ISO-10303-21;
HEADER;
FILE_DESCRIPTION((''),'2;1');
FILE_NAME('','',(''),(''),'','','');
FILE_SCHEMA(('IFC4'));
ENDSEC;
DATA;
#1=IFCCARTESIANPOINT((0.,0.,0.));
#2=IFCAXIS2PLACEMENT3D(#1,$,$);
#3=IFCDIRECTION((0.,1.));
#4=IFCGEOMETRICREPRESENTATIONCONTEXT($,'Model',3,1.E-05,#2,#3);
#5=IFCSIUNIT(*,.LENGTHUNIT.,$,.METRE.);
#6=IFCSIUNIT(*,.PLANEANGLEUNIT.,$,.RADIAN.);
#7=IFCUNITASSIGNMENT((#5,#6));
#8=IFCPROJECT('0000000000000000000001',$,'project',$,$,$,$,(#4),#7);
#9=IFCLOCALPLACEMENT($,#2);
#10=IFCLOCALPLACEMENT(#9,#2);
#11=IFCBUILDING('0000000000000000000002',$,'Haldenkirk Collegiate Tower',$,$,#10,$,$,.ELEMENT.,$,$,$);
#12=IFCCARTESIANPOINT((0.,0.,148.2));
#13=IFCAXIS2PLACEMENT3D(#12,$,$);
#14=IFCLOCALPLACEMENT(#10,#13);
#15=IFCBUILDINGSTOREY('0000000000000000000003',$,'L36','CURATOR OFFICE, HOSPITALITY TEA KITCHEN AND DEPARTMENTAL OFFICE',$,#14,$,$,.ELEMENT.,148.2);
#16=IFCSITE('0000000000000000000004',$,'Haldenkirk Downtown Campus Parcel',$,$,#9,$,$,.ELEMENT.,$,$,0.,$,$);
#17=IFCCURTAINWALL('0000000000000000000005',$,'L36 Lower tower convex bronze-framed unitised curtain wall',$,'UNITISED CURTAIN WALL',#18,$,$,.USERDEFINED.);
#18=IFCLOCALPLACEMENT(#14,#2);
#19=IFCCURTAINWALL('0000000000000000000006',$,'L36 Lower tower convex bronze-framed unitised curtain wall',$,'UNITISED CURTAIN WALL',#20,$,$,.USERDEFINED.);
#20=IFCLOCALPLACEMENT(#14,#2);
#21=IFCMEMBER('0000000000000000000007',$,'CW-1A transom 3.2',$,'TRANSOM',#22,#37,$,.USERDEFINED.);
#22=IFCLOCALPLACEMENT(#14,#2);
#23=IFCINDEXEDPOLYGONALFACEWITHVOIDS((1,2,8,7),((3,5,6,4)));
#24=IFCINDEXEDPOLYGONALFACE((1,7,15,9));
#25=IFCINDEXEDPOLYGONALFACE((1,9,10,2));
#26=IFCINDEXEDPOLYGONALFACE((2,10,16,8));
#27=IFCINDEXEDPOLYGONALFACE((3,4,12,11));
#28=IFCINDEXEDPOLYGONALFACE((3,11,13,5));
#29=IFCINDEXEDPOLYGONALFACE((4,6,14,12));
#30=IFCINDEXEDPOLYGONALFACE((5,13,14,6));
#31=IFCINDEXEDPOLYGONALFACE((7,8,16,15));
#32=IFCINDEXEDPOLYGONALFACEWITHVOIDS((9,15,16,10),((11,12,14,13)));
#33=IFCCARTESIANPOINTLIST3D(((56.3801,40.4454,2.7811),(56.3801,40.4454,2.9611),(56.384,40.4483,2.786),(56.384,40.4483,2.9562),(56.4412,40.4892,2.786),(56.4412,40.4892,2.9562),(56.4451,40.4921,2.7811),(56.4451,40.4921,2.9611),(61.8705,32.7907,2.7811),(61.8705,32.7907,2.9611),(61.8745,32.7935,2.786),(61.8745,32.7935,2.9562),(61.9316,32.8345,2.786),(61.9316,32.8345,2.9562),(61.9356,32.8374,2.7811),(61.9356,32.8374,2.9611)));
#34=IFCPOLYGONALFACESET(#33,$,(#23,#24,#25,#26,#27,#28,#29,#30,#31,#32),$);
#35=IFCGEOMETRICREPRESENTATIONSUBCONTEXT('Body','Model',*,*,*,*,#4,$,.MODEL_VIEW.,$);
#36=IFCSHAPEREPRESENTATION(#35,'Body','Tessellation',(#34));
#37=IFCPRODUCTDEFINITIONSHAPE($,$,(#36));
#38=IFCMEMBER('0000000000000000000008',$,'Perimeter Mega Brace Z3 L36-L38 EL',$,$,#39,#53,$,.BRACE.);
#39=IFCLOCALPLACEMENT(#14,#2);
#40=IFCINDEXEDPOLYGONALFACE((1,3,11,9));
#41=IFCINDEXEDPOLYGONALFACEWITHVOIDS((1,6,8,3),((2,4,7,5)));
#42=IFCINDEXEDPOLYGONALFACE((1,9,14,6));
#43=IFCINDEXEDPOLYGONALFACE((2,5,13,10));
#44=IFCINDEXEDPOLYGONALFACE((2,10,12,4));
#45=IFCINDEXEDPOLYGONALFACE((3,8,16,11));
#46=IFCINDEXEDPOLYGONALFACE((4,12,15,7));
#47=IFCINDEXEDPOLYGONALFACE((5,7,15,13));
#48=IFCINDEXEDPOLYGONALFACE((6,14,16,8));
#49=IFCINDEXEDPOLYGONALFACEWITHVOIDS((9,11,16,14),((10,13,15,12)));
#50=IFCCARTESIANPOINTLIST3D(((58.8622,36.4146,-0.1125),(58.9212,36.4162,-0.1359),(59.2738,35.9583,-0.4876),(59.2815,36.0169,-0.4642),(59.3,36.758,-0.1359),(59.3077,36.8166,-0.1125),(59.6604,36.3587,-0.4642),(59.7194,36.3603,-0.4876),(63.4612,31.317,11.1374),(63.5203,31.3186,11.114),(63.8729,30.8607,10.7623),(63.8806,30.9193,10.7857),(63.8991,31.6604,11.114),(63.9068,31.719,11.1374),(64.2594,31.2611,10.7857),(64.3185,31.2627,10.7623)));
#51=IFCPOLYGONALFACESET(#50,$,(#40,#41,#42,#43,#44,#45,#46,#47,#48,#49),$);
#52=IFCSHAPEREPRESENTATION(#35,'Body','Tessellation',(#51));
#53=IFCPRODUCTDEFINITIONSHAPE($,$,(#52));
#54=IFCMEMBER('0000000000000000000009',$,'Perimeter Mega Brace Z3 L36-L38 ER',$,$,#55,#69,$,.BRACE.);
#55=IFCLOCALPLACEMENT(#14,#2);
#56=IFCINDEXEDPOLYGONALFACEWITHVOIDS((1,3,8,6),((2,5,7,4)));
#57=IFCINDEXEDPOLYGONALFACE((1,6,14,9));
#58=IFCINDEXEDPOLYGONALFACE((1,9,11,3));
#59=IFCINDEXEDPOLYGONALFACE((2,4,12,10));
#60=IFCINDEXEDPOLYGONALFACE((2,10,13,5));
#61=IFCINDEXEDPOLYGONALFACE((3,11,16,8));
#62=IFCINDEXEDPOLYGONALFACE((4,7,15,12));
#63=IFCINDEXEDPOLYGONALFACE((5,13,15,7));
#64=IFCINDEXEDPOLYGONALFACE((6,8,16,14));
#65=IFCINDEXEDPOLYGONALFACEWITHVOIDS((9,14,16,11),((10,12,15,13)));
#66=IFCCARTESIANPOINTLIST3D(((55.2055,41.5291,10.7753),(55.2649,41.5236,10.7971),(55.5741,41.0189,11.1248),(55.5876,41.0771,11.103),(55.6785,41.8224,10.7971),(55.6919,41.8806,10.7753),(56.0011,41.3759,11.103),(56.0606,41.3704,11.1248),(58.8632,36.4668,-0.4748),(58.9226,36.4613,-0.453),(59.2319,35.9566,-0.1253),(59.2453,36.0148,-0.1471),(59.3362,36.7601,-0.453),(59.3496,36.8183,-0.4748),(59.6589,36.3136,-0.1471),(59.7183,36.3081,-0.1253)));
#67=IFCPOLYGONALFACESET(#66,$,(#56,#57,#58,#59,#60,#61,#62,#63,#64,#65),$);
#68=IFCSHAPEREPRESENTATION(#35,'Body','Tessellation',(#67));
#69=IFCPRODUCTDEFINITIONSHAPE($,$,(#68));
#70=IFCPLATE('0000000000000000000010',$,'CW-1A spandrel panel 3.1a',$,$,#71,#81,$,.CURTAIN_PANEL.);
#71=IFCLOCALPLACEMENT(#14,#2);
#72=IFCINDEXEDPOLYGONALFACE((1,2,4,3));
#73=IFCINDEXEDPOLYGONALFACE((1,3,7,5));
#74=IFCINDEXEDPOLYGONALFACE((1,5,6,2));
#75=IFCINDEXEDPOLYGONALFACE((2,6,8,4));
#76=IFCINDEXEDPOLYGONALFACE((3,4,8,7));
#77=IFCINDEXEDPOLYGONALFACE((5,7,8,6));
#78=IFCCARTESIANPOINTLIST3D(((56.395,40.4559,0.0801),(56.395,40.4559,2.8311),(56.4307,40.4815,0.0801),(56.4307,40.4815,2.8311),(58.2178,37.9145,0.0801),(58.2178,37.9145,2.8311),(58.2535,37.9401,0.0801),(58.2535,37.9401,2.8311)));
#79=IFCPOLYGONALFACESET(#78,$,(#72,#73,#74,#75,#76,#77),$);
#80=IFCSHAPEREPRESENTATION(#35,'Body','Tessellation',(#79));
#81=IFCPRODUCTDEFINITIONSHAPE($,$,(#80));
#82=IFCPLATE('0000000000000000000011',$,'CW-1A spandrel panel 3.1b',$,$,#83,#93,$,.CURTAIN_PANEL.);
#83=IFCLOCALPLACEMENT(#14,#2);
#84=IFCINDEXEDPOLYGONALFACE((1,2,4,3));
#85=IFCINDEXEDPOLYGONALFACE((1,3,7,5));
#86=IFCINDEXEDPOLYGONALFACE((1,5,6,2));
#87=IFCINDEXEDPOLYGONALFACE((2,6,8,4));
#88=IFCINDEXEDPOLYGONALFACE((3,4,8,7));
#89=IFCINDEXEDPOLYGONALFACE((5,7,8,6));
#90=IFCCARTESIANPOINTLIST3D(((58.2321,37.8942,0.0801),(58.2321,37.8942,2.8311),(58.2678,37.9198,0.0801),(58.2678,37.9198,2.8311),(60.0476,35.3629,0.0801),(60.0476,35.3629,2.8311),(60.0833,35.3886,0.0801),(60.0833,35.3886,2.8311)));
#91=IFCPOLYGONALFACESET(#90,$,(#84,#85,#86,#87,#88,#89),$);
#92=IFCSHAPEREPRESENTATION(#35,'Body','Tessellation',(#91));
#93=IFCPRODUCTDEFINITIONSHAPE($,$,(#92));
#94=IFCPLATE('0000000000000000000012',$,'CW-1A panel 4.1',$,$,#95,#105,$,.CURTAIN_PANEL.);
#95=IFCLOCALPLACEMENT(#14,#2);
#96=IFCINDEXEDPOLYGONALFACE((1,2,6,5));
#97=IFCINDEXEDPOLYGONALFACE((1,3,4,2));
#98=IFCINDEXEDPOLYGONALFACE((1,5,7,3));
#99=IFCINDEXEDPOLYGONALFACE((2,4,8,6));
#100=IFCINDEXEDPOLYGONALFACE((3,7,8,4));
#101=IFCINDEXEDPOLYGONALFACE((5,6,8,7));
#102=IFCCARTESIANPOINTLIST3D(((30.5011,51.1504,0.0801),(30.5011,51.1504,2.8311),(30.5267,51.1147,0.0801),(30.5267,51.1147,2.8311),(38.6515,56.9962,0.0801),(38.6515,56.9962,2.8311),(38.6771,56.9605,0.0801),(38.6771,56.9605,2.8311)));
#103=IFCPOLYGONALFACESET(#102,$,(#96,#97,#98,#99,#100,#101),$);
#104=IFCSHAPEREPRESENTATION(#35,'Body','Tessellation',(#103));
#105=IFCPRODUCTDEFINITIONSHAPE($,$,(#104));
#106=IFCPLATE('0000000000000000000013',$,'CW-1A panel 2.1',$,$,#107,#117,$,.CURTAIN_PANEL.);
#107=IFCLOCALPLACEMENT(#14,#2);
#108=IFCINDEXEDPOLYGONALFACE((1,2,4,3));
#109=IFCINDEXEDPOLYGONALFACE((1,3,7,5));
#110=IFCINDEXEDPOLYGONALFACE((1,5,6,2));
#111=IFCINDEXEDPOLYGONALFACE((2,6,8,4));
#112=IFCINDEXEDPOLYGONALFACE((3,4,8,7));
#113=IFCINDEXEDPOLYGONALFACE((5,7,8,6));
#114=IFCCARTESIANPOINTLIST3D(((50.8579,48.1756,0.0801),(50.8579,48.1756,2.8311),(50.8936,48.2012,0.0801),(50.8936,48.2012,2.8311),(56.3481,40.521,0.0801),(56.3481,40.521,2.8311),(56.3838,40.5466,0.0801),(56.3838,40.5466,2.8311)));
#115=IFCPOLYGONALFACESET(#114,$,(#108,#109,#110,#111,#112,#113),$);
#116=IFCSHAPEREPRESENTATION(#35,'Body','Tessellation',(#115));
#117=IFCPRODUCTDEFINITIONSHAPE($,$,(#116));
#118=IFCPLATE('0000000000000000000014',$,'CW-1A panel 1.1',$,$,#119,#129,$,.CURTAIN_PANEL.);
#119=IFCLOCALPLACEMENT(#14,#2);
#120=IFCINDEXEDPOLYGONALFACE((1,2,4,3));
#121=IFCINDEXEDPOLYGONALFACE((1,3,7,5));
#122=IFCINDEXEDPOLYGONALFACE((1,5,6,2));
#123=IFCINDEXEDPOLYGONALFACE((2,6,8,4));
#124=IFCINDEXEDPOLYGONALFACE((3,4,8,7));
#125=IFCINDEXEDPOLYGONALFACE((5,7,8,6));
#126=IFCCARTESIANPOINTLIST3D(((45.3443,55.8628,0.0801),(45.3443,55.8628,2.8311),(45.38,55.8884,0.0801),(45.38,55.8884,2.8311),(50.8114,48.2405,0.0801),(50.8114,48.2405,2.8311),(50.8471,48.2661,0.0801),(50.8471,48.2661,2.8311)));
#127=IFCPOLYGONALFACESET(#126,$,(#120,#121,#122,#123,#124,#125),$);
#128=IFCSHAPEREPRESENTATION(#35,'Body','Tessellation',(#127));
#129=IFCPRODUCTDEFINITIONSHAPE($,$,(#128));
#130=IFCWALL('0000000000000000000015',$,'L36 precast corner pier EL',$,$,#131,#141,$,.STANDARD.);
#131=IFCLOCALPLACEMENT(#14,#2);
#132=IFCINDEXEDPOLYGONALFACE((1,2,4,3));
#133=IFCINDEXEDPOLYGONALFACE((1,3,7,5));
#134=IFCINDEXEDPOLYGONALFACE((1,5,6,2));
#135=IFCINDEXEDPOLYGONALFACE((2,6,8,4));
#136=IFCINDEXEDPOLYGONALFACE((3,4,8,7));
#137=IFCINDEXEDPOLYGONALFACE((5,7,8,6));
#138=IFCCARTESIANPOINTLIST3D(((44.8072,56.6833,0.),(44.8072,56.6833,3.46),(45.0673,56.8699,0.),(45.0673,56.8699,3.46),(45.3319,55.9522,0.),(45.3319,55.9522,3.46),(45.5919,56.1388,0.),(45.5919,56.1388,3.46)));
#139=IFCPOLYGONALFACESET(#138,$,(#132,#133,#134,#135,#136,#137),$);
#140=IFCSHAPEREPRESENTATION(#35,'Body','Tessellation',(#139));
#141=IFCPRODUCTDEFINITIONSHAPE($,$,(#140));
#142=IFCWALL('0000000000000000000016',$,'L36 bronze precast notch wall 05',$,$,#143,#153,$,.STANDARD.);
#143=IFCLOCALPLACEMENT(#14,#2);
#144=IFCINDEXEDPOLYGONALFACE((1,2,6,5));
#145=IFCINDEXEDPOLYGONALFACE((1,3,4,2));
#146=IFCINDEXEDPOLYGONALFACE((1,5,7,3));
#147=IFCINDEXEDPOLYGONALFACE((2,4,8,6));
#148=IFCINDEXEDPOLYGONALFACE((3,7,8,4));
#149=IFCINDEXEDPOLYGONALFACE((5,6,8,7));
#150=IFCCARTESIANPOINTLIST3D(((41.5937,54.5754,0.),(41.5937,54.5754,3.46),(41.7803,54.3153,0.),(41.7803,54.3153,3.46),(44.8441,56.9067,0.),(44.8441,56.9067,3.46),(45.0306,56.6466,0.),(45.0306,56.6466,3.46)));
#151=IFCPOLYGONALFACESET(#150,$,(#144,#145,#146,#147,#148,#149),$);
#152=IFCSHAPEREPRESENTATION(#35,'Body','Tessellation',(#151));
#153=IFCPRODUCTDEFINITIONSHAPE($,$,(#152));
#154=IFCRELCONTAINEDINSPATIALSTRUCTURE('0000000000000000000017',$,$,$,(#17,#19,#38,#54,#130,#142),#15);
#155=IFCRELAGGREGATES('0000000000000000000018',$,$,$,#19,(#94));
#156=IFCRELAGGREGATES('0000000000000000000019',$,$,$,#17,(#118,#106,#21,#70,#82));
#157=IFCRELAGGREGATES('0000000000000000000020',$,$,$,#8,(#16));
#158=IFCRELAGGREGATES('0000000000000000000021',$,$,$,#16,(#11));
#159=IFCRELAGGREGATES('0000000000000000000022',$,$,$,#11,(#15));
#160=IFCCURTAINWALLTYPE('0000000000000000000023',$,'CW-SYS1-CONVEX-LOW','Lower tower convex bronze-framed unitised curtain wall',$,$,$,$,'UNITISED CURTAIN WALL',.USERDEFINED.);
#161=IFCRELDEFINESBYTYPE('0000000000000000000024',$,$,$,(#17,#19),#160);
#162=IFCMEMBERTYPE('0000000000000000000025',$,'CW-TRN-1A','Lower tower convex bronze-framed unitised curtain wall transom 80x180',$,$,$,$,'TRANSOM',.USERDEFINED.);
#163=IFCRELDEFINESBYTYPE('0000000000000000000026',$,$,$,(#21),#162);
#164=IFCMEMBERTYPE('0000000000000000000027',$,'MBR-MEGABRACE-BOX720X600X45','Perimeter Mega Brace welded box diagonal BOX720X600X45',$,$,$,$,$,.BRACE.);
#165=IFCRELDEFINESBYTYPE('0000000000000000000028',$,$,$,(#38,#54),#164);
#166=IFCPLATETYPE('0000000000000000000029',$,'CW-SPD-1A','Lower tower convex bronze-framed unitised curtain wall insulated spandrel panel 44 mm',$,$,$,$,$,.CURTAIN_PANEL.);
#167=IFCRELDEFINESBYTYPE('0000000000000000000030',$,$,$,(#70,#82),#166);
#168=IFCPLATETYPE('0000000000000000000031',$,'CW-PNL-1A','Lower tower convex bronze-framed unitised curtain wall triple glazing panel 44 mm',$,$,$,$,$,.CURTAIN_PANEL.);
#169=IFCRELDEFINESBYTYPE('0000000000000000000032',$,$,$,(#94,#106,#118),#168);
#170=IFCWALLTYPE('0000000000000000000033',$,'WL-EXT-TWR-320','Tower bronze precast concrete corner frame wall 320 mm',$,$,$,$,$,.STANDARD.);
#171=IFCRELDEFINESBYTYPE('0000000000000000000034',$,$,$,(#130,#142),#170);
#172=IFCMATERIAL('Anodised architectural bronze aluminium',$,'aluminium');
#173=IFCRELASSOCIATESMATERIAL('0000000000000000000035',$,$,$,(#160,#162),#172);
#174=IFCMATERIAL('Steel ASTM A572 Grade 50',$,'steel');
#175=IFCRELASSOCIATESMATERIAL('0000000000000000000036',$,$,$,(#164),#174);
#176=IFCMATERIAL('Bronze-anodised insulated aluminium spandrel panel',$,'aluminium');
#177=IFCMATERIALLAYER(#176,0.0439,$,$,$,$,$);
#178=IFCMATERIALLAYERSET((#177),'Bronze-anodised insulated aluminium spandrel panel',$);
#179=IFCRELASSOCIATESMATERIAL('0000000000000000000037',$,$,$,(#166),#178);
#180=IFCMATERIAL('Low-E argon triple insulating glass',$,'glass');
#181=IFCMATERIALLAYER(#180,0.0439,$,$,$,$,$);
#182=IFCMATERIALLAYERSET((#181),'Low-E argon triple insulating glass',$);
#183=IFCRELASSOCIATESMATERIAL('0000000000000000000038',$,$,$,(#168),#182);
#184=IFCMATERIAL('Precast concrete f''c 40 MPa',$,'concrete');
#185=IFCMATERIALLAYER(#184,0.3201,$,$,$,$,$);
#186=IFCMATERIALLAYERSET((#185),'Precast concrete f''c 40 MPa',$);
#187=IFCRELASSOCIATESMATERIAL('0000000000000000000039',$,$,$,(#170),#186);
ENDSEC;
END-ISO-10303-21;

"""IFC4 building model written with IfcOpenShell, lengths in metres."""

from ifc_helpers import new_model, si_unit, direction, frame, frame_2d, origin, origin_2d, place, context, subcontext, project, spatial, rectangle, hollow_rectangle, extrude, source, transform, mapped, material, layer, layer_set, material_profile, profile_set, type_object, element, aggregate, save


model = new_model("IFC4")

# Units and contexts
model_context = context("Model", 3, precision=1e-05, world=origin(), true_north=direction((0.0, 1.0)))
body_context = subcontext(model_context, "Body", "Model", "MODEL_VIEW")
ifc_project = project(units=[si_unit("LENGTHUNIT", "METRE"), si_unit("PLANEANGLEUNIT", "RADIAN")], contexts=[model_context])

# Site, building, storey
site_placement = place(None, origin())
site = spatial("IfcSite", under=ifc_project, at=site_placement, Name="Haldenkirk Downtown Campus Parcel", CompositionType="ELEMENT", RefElevation=0.0)
building_placement = place(site_placement, origin())
building = spatial("IfcBuilding", under=site, at=building_placement, Name="Haldenkirk Collegiate Tower", CompositionType="ELEMENT")
storey_placement = place(building_placement, frame((0.0, 0.0, 148.2)))
storey = spatial("IfcBuildingStorey", under=building, at=storey_placement, Name="L36", Description="CURATOR OFFICE, HOSPITALITY TEA KITCHEN AND DEPARTMENTAL OFFICE", CompositionType="ELEMENT", Elevation=148.2)

# Shared definitions
ifc_material_1 = material(Name="Steel ASTM A572 Grade 50", Category="steel")

# Curtain wall
ifc_material_2 = material(Name="Anodised architectural bronze aluminium", Category="aluminium")
curtain_wall_type = type_object("IfcCurtainWallType", Name="CW-SYS1-CONVEX-LOW", Description="Lower tower convex bronze-framed unitised curtain wall", ElementType="UNITISED CURTAIN WALL", PredefinedType="USERDEFINED", material=ifc_material_2)
curtain_wall_1_placement = place(storey_placement, origin())
curtain_wall_1 = element("IfcCurtainWall", 1, at=curtain_wall_1_placement, inside=storey, type_object=curtain_wall_type, Name="L36 Lower tower convex bronze-framed unitised curtain wall", ObjectType="UNITISED CURTAIN WALL", PredefinedType="USERDEFINED")

# Curtain wall
curtain_wall_2_placement = place(storey_placement, origin())
curtain_wall_2 = element("IfcCurtainWall", 2, at=curtain_wall_2_placement, inside=storey, type_object=curtain_wall_type, Name="L36 Lower tower convex bronze-framed unitised curtain wall", ObjectType="UNITISED CURTAIN WALL", PredefinedType="USERDEFINED")

# Member
ifc_material_profile_1 = material_profile(ifc_material_2, hollow_rectangle(XDim=0.0801, YDim=0.1799, WallThickness=0.0049, at=origin_2d()), Name="CW-TRN-1A")
ifc_profile_set_1 = profile_set([ifc_material_profile_1], Name="Anodised architectural bronze aluminium")
member_type_1 = type_object("IfcMemberType", Name="CW-TRN-1A", Description="Lower tower convex bronze-framed unitised curtain wall transom 80x180", ElementType="TRANSOM", PredefinedType="USERDEFINED", material=ifc_profile_set_1)
member_1_placement = place(storey_placement, frame((56.4126, 40.4688, 2.8711), z_axis=(0.582838, -0.812588, 0.0), x_axis=(0.812588, 0.582838, 0.0)))
member_1 = element("IfcMember", 3, at=member_1_placement, type_object=member_type_1, Name="CW-1A transom 3.2", ObjectType="TRANSOM", PredefinedType="USERDEFINED", context=body_context, shape_type="SweptSolid", body=[
    extrude(hollow_rectangle(XDim=0.0801, YDim=0.1799, WallThickness=0.0049, at=origin_2d()), origin(), (0.0, 0.0, 1.0), 9.4202),
])

# Members
ifc_material_profile_2 = material_profile(ifc_material_1, hollow_rectangle(XDim=0.6001, YDim=0.72, WallThickness=0.0449, at=origin_2d()), Name="BOX720X600X45")
ifc_profile_set_2 = profile_set([ifc_material_profile_2], Name="Steel ASTM A572 Grade 50")
member_type_2 = type_object("IfcMemberType", Name="MBR-MEGABRACE-BOX720X600X45", Description="Perimeter Mega Brace welded box diagonal BOX720X600X45", PredefinedType="BRACE", material=ifc_profile_set_2)
member_2_placement = place(storey_placement, frame((59.2908, 36.3875, -0.3), z_axis=(0.348959, -0.386785, 0.853595), x_axis=(0.74248, 0.669868, 0.0)))
element("IfcMember", 4, at=member_2_placement, inside=storey, type_object=member_type_2, Name="Perimeter Mega Brace Z3 L36-L38 EL", PredefinedType="BRACE", context=body_context, shape_type="SweptSolid", body=[
    extrude(hollow_rectangle(XDim=0.6001, YDim=0.72, WallThickness=0.0449, at=origin_2d()), origin(), (0.0, 0.0, 1.0), 13.1794),
])
member_3_placement = place(storey_placement, frame((59.2908, 36.3875, -0.3), z_axis=(-0.284264, 0.39342, 0.874308), x_axis=(-0.810554, -0.585663, 0.0)))
element("IfcMember", 5, at=member_3_placement, inside=storey, type_object=member_type_2, Name="Perimeter Mega Brace Z3 L36-L38 ER", PredefinedType="BRACE", context=body_context, shape_type="SweptSolid", body=[
    extrude(hollow_rectangle(XDim=0.6001, YDim=0.72, WallThickness=0.0449, at=origin_2d()), origin(), (0.0, 0.0, 1.0), 12.8674),
])

# Plates
ifc_material_3 = material(Name="Bronze-anodised insulated aluminium spandrel panel", Category="aluminium")
ifc_layer_1 = layer(ifc_material_3, 0.0439)
ifc_layer_set_1 = layer_set([ifc_layer_1], Name="Bronze-anodised insulated aluminium spandrel panel")
plate_type_1 = type_object("IfcPlateType", Name="CW-SPD-1A", Description="Lower tower convex bronze-framed unitised curtain wall insulated spandrel panel 44 mm", PredefinedType="CURTAIN_PANEL", material=ifc_layer_set_1)
shared_shape_1 = source(origin(), body_context, "Body", "SweptSolid", [
    extrude(rectangle(XDim=3.1274, YDim=0.0439, at=origin_2d()), origin(), (0.0, 0.0, 1.0), 2.751),
])
plate_1_placement = place(storey_placement, frame((57.3242, 39.198, 0.0801), z_axis=(0.0, 0.0, 1.0), x_axis=(0.582832, -0.812592, 0.0)))
plate_1 = element("IfcPlate", 6, at=plate_1_placement, type_object=plate_type_1, Name="CW-1A spandrel panel 3.1a", PredefinedType="CURTAIN_PANEL", context=body_context, shape_type="MappedRepresentation", body=[
    mapped(shared_shape_1, transform((0.0, 0.0, 0.0), x_axis=(1.0, 0.0, 0.0), y_axis=(0.0, 1.0, 0.0), z_axis=(0.0, 0.0, 1.0), scale=1.0)),
])
shared_shape_2 = source(origin(), body_context, "Body", "SweptSolid", [
    extrude(rectangle(XDim=3.115, YDim=0.0439, at=origin_2d()), origin(), (0.0, 0.0, 1.0), 2.751),
])
plate_2_placement = place(storey_placement, frame((59.1577, 36.6414, 0.0801), z_axis=(0.0, 0.0, 1.0), x_axis=(0.582832, -0.812592, 0.0)))
plate_2 = element("IfcPlate", 7, at=plate_2_placement, type_object=plate_type_1, Name="CW-1A spandrel panel 3.1b", PredefinedType="CURTAIN_PANEL", context=body_context, shape_type="MappedRepresentation", body=[
    mapped(shared_shape_2, transform((0.0, 0.0, 0.0), x_axis=(1.0, 0.0, 0.0), y_axis=(0.0, 1.0, 0.0), z_axis=(0.0, 0.0, 1.0), scale=1.0)),
])
ifc_material_4 = material(Name="Low-E argon triple insulating glass", Category="glass")
ifc_layer_2 = layer(ifc_material_4, 0.0439)
ifc_layer_set_2 = layer_set([ifc_layer_2], Name="Low-E argon triple insulating glass")
plate_type_2 = type_object("IfcPlateType", Name="CW-PNL-1A", Description="Lower tower convex bronze-framed unitised curtain wall triple glazing panel 44 mm", PredefinedType="CURTAIN_PANEL", material=ifc_layer_set_2)
shared_shape_3 = source(origin(), body_context, "Body", "SweptSolid", [
    extrude(rectangle(XDim=10.03, YDim=0.0439, at=origin_2d()), origin(), (0.0, 0.0, 1.0), 2.751),
])
plate_3_placement = place(storey_placement, frame((34.5891, 54.0554, 0.0801), z_axis=(0.0, 0.0, 1.0), x_axis=(0.812594, 0.582831, 0.0)))
plate_3 = element("IfcPlate", 8, at=plate_3_placement, type_object=plate_type_2, Name="CW-1A panel 4.1", PredefinedType="CURTAIN_PANEL", context=body_context, shape_type="MappedRepresentation", body=[
    mapped(shared_shape_3, transform((0.0, 0.0, 0.0), x_axis=(1.0, 0.0, 0.0), y_axis=(0.0, 1.0, 0.0), z_axis=(0.0, 0.0, 1.0), scale=1.0)),
])
aggregate(curtain_wall_2, [plate_3])
shared_shape_4 = source(origin(), body_context, "Body", "SweptSolid", [
    extrude(rectangle(XDim=9.4199, YDim=0.0439, at=origin_2d()), origin(), (0.0, 0.0, 1.0), 2.751),
])
plate_4_placement = place(storey_placement, frame((53.6208, 44.3611, 0.0801), z_axis=(0.0, 0.0, 1.0), x_axis=(0.582832, -0.812592, 0.0)))
plate_4 = element("IfcPlate", 9, at=plate_4_placement, type_object=plate_type_2, Name="CW-1A panel 2.1", PredefinedType="CURTAIN_PANEL", context=body_context, shape_type="MappedRepresentation", body=[
    mapped(shared_shape_4, transform((0.0, 0.0, 0.0), x_axis=(1.0, 0.0, 0.0), y_axis=(0.0, 1.0, 0.0), z_axis=(0.0, 0.0, 1.0), scale=1.0)),
])
shared_shape_5 = source(origin(), body_context, "Body", "SweptSolid", [
    extrude(rectangle(XDim=9.3801, YDim=0.0439, at=origin_2d()), origin(), (0.0, 0.0, 1.0), 2.751),
])
plate_5_placement = place(storey_placement, frame((48.0957, 52.0645, 0.0801), z_axis=(0.0, 0.0, 1.0), x_axis=(0.582832, -0.812592, 0.0)))
plate_5 = element("IfcPlate", 10, at=plate_5_placement, type_object=plate_type_2, Name="CW-1A panel 1.1", PredefinedType="CURTAIN_PANEL", context=body_context, shape_type="MappedRepresentation", body=[
    mapped(shared_shape_5, transform((0.0, 0.0, 0.0), x_axis=(1.0, 0.0, 0.0), y_axis=(0.0, 1.0, 0.0), z_axis=(0.0, 0.0, 1.0), scale=1.0)),
])
aggregate(curtain_wall_1, [plate_5, plate_4, member_1, plate_1, plate_2])

# Walls
ifc_material_5 = material(Name="Precast concrete f'c 40 MPa", Category="concrete")
ifc_layer_3 = layer(ifc_material_5, 0.3201)
ifc_layer_set_3 = layer_set([ifc_layer_3], Name="Precast concrete f'c 40 MPa")
wall_type_1 = type_object("IfcWallType", Name="WL-EXT-TWR-320", Description="Tower bronze precast concrete corner frame wall 320 mm", PredefinedType="STANDARD", material=ifc_layer_set_3)
wall_1_placement = place(storey_placement, frame((44.9373, 56.7766, 0.0), z_axis=(0.0, 0.0, 1.0), x_axis=(0.582982, -0.812485, 0.0)))
element("IfcWall", 11, at=wall_1_placement, inside=storey, type_object=wall_type_1, Name="L36 precast corner pier EL", PredefinedType="STANDARD", context=body_context, shape_type="SweptSolid", body=[
    extrude(rectangle(XDim=0.8999, YDim=0.3201, at=frame_2d((0.45, 0.0))), origin(), (0.0, 0.0, 1.0), 3.46),
])
wall_2_placement = place(storey_placement, frame((41.687, 54.4453, 0.0), z_axis=(0.0, 0.0, 1.0), x_axis=(0.812585, 0.582842, 0.0)))
element("IfcWall", 12, at=wall_2_placement, inside=storey, type_object=wall_type_1, Name="L36 bronze precast notch wall 05", PredefinedType="STANDARD", context=body_context, shape_type="SweptSolid", body=[
    extrude(rectangle(XDim=4.0, YDim=0.3201, at=frame_2d((2.0, 0.0))), origin(), (0.0, 0.0, 1.0), 3.46),
])

save(model, "model.ifc")
